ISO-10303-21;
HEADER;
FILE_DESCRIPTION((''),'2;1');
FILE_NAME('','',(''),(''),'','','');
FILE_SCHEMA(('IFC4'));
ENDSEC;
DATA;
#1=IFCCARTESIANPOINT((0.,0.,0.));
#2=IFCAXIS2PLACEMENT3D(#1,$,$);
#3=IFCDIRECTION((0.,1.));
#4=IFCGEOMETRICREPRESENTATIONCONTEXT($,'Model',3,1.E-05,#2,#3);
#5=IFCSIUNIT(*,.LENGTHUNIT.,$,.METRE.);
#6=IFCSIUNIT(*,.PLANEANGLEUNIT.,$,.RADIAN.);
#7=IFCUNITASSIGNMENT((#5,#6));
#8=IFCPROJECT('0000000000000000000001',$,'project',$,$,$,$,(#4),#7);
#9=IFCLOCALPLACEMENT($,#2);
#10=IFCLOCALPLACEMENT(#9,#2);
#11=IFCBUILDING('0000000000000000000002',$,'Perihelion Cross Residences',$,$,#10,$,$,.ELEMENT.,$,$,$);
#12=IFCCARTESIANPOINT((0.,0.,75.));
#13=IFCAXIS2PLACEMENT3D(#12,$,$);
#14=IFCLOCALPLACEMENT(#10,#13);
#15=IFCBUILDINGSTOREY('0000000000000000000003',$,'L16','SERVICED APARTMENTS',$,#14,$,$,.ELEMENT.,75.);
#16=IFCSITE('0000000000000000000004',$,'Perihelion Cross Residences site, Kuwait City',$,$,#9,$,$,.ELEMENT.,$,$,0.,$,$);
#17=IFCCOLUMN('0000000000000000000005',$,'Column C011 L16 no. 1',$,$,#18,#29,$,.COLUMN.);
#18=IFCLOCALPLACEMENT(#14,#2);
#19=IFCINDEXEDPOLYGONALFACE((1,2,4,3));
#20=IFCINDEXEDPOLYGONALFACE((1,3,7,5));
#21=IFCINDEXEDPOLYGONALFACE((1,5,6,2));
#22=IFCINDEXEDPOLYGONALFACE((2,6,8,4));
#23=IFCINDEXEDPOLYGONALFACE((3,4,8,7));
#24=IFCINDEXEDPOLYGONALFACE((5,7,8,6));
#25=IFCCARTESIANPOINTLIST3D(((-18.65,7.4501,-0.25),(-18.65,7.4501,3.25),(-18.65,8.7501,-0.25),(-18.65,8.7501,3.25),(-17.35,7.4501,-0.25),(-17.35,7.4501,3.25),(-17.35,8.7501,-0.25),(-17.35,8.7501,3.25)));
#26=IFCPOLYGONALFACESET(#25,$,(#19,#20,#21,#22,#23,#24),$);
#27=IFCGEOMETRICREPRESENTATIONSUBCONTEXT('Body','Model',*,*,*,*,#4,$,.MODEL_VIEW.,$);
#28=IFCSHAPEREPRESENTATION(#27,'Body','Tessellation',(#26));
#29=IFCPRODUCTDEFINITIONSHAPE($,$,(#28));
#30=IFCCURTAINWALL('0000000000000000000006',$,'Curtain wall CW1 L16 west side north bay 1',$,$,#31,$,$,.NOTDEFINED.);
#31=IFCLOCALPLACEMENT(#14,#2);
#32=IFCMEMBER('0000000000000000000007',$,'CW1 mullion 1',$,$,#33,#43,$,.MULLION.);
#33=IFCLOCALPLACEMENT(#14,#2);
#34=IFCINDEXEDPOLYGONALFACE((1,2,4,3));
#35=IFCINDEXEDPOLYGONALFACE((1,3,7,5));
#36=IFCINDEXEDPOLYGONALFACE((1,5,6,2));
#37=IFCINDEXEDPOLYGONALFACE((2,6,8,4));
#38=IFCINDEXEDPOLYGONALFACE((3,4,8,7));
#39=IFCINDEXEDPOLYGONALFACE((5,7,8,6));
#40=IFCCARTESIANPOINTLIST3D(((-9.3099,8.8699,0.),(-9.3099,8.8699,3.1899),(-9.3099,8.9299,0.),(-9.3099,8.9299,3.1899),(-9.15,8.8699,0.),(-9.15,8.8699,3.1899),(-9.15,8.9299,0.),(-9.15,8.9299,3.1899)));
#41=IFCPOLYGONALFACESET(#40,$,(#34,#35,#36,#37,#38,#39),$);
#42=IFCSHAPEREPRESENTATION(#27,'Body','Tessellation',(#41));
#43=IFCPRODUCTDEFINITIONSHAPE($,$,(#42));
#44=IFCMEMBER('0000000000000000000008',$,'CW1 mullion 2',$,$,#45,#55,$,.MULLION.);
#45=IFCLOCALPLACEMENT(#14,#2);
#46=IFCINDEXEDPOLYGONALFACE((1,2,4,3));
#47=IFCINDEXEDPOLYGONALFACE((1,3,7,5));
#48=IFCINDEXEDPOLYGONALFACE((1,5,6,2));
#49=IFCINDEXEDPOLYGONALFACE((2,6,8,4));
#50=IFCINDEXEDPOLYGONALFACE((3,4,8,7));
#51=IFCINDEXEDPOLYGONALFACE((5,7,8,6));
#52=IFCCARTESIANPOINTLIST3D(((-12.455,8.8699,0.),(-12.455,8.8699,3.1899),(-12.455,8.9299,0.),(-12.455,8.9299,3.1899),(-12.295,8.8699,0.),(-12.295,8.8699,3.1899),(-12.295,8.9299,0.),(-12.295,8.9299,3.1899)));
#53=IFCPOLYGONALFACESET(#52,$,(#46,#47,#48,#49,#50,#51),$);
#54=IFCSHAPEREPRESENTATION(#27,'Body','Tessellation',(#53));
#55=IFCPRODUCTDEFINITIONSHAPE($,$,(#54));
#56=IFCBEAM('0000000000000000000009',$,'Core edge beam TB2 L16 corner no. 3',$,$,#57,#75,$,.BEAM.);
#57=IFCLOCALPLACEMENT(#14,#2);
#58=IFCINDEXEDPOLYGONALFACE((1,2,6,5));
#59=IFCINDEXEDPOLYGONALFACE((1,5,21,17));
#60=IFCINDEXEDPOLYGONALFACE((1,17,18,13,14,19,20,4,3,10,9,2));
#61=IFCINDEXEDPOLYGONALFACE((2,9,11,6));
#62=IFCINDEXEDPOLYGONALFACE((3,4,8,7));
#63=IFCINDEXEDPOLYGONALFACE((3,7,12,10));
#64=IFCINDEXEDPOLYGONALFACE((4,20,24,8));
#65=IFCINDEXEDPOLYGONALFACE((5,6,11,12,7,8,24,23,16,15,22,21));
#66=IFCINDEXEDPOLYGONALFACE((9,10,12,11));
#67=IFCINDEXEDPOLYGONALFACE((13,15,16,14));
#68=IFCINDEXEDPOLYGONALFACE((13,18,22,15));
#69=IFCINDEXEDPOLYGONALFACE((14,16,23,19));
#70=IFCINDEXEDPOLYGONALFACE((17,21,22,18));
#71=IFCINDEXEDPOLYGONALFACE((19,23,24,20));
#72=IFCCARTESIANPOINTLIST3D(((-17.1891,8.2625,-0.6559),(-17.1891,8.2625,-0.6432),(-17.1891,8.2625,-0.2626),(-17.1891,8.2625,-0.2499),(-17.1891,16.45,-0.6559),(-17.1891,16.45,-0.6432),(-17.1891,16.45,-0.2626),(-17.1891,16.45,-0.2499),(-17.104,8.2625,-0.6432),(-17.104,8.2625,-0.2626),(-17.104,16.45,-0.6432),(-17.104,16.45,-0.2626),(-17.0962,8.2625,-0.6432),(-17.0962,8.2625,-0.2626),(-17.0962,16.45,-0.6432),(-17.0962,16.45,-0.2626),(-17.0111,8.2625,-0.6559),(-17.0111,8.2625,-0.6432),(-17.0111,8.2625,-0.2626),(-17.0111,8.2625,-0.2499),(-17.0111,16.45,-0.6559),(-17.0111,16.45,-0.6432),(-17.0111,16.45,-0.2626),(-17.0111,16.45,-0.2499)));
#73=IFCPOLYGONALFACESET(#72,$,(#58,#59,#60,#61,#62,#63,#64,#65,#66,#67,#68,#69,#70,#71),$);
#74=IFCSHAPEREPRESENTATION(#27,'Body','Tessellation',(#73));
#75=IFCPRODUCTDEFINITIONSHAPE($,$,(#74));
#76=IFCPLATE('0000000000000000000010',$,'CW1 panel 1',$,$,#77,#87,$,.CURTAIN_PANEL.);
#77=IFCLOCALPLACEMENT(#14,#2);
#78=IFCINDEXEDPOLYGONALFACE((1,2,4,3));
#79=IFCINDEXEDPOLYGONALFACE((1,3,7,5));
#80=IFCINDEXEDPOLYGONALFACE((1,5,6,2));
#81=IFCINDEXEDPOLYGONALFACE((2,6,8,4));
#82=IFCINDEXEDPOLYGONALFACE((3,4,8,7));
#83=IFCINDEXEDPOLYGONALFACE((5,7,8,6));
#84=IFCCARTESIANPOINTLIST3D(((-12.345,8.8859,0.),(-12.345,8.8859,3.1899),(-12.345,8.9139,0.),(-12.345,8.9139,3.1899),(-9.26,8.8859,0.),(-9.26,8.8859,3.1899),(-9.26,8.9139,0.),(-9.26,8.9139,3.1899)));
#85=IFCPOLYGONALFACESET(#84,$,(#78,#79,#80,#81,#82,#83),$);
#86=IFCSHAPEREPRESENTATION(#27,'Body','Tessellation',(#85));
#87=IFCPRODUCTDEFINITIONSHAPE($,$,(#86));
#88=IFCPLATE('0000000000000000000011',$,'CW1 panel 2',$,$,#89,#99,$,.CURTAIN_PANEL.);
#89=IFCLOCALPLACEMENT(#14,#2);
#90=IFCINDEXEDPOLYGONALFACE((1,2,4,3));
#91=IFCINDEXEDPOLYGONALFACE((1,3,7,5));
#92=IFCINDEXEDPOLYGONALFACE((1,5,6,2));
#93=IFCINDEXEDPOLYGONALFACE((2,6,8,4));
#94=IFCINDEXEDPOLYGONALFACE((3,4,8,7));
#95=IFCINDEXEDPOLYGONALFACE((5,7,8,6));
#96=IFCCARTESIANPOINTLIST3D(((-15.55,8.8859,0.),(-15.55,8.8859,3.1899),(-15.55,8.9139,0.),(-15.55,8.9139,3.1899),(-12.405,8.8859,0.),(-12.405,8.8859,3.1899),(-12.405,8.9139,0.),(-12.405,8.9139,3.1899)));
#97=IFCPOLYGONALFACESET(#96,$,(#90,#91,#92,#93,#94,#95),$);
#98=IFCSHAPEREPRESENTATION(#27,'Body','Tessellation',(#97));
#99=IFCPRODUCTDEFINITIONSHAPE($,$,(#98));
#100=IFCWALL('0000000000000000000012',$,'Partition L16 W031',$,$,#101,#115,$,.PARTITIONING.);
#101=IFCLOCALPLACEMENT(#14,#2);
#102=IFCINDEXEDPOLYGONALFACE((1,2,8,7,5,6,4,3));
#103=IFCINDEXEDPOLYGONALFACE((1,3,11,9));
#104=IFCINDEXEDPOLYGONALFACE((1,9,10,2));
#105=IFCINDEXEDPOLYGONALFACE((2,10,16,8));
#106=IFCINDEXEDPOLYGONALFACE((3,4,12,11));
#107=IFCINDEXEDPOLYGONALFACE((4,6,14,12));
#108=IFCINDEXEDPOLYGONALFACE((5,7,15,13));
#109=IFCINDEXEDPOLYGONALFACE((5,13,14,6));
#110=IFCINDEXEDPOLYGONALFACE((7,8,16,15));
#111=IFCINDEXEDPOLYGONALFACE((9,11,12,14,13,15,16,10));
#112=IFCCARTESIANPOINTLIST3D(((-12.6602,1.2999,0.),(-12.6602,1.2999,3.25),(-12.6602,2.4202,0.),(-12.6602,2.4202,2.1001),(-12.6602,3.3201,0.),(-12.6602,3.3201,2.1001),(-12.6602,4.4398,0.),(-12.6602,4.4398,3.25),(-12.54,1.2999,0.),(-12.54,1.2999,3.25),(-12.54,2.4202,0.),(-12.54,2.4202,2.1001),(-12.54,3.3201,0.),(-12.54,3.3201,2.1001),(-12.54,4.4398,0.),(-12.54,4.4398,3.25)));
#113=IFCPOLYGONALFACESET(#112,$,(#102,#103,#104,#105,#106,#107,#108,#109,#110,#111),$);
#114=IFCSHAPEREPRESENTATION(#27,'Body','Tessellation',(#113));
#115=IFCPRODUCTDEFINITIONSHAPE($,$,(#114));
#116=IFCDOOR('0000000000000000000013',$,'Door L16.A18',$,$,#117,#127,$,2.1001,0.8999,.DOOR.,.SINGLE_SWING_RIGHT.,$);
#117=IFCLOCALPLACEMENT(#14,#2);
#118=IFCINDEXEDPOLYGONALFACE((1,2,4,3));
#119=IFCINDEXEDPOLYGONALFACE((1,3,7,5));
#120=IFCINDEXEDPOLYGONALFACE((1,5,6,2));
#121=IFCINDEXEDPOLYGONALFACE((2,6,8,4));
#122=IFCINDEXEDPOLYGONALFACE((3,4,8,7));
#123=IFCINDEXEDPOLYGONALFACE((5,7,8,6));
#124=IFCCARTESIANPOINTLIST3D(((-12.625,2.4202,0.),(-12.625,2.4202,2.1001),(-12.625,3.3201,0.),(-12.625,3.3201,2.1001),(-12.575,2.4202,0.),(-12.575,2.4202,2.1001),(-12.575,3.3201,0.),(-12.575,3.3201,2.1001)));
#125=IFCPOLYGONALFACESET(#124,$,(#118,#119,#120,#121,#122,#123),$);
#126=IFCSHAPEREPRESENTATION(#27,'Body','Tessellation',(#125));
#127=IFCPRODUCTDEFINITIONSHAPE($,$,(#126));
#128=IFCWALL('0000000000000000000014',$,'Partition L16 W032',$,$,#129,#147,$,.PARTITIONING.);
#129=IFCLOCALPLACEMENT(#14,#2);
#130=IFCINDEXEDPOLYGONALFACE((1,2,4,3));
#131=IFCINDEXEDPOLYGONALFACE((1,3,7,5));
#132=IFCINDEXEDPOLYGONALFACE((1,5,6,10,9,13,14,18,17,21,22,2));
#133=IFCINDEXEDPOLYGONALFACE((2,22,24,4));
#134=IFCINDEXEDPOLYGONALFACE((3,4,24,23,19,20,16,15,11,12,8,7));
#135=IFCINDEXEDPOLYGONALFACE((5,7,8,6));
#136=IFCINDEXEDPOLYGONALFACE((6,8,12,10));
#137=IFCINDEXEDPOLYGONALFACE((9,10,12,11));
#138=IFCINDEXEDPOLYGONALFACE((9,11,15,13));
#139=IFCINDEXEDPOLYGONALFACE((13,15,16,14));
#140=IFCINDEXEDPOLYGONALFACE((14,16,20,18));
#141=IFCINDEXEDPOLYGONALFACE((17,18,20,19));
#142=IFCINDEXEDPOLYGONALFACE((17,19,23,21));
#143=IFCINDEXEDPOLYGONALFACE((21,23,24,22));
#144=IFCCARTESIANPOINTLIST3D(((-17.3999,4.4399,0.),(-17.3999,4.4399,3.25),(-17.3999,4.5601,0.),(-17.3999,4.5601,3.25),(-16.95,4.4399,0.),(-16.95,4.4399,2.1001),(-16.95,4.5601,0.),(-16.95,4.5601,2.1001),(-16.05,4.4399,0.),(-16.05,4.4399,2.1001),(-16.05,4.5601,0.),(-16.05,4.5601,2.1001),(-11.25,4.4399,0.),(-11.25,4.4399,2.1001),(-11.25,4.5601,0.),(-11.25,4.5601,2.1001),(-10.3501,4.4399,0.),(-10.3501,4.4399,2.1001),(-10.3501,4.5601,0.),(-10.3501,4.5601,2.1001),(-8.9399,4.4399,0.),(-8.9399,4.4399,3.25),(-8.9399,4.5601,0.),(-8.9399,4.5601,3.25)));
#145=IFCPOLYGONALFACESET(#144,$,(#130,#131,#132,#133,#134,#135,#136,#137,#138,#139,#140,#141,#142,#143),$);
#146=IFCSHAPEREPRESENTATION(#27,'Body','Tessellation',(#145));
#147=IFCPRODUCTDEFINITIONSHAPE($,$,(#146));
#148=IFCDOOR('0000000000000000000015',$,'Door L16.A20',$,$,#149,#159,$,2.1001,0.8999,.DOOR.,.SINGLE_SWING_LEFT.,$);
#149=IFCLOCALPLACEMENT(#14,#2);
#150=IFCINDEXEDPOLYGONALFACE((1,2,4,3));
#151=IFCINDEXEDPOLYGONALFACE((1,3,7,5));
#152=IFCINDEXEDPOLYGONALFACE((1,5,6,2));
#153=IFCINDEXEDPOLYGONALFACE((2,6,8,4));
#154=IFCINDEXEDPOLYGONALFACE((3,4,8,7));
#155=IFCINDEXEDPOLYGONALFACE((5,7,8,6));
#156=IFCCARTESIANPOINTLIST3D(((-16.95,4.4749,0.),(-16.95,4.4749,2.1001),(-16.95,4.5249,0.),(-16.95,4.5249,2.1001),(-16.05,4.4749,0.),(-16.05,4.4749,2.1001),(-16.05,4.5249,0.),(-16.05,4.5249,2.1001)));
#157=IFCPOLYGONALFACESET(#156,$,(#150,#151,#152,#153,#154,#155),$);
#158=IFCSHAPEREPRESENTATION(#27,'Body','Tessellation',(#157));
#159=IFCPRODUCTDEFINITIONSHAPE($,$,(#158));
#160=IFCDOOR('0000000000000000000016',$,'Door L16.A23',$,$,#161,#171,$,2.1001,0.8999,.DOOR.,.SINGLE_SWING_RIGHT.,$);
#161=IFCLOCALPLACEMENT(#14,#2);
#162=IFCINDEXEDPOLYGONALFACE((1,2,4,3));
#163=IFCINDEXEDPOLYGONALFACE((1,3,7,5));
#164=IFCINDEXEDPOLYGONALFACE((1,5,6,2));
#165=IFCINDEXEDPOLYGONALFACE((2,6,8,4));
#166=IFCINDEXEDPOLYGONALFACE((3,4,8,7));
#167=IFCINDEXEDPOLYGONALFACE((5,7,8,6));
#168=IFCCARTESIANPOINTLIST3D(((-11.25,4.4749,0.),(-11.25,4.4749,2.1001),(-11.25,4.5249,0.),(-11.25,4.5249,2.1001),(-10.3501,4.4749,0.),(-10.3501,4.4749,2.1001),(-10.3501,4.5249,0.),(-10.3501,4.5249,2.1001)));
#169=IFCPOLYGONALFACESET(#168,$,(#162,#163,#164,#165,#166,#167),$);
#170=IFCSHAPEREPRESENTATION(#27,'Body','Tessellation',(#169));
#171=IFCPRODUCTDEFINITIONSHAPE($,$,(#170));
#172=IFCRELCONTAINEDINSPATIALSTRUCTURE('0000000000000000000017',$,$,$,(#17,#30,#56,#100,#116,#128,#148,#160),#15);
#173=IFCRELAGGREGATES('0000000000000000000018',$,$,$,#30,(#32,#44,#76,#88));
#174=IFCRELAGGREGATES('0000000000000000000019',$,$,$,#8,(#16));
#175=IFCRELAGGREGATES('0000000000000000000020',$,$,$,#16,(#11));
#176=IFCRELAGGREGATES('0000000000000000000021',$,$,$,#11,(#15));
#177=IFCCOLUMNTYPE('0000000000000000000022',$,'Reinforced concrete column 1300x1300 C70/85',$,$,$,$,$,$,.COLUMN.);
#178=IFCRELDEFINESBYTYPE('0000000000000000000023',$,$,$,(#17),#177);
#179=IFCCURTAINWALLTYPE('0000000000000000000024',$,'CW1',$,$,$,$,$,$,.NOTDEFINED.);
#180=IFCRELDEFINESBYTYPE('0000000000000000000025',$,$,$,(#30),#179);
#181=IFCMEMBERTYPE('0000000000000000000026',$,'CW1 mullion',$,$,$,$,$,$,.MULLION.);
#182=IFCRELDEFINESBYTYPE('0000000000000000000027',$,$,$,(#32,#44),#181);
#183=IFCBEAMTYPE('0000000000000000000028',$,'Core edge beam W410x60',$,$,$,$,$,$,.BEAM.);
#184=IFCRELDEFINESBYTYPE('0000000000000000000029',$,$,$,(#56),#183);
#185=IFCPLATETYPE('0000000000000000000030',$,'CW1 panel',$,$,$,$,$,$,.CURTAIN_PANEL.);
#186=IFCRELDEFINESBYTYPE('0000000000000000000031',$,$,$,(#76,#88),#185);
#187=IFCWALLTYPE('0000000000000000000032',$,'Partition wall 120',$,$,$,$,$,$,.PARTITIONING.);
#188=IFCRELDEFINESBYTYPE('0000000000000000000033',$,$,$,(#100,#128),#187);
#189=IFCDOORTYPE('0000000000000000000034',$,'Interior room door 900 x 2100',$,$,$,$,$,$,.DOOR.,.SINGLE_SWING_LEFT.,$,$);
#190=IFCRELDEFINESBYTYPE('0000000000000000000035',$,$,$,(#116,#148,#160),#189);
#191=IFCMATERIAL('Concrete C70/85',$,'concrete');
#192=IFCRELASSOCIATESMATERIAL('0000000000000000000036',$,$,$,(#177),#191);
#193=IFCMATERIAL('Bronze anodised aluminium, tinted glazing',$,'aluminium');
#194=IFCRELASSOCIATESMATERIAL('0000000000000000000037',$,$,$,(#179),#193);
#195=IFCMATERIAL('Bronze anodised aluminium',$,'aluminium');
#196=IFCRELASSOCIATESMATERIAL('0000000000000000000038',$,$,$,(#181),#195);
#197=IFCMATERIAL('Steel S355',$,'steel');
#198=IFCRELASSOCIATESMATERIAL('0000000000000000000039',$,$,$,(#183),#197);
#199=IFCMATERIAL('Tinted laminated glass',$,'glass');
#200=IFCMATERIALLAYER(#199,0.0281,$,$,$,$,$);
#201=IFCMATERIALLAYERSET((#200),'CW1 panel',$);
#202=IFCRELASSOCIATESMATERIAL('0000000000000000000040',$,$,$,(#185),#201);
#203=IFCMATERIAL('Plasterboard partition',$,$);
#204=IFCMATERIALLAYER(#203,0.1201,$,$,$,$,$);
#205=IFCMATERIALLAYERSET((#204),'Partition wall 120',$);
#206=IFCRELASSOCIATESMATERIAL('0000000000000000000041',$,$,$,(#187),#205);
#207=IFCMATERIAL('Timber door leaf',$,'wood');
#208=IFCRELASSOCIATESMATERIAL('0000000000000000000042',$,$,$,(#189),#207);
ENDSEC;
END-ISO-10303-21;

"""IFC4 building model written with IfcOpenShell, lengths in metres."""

from ifc_helpers import new_model, si_unit, direction, frame, frame_2d, origin, origin_2d, place, context, subcontext, project, spatial, rectangle, i_section, extrude, material, layer, layer_set, material_profile, profile_set, type_object, element, fill, aggregate, save


model = new_model("IFC4")

# Units and contexts
model_context = context("Model", 3, precision=1e-05, world=origin(), true_north=direction((0.0, 1.0)))
body_context = subcontext(model_context, "Body", "Model", "MODEL_VIEW")
ifc_project = project(units=[si_unit("LENGTHUNIT", "METRE"), si_unit("PLANEANGLEUNIT", "RADIAN")], contexts=[model_context])

# Site, building, storey
site_placement = place(None, origin())
site = spatial("IfcSite", under=ifc_project, at=site_placement, Name="Perihelion Cross Residences site, Kuwait City", CompositionType="ELEMENT", RefElevation=0.0)
building_placement = place(site_placement, origin())
building = spatial("IfcBuilding", under=site, at=building_placement, Name="Perihelion Cross Residences", CompositionType="ELEMENT")
storey_placement = place(building_placement, frame((0.0, 0.0, 75.0)))
storey = spatial("IfcBuildingStorey", under=building, at=storey_placement, Name="L16", Description="SERVICED APARTMENTS", CompositionType="ELEMENT", Elevation=75.0)

# Column
ifc_material_1 = material(Name="Concrete C70/85", Category="concrete")
ifc_material_profile_1 = material_profile(ifc_material_1, rectangle(XDim=1.3, YDim=1.3, at=origin_2d()), Name="RC 1300x1300")
ifc_profile_set_1 = profile_set([ifc_material_profile_1], Name="Concrete C70/85")
column_type = type_object("IfcColumnType", Name="Reinforced concrete column 1300x1300 C70/85", PredefinedType="COLUMN", material=ifc_profile_set_1)
column_placement = place(storey_placement, frame((-18.0, 8.1001, -0.25), z_axis=(0.0, 0.0, 1.0), x_axis=(1.0, 0.0, 0.0)))
element("IfcColumn", 1, at=column_placement, inside=storey, type_object=column_type, Name="Column C011 L16 no. 1", PredefinedType="COLUMN", context=body_context, shape_type="SweptSolid", body=[
    extrude(rectangle(XDim=1.3, YDim=1.3, at=origin_2d()), origin(), (0.0, 0.0, 1.0), 3.5),
])

# Curtain wall, members
ifc_material_2 = material(Name="Bronze anodised aluminium, tinted glazing", Category="aluminium")
curtain_wall_type = type_object("IfcCurtainWallType", Name="CW1", PredefinedType="NOTDEFINED", material=ifc_material_2)
curtain_wall_placement = place(storey_placement, origin())
curtain_wall = element("IfcCurtainWall", 2, at=curtain_wall_placement, inside=storey, type_object=curtain_wall_type, Name="Curtain wall CW1 L16 west side north bay 1", PredefinedType="NOTDEFINED")
ifc_material_3 = material(Name="Bronze anodised aluminium", Category="aluminium")
ifc_material_profile_2 = material_profile(ifc_material_3, rectangle(XDim=0.0601, YDim=0.1599, at=origin_2d()), Name="CW1 mullion")
ifc_profile_set_2 = profile_set([ifc_material_profile_2], Name="Bronze anodised aluminium")
member_type = type_object("IfcMemberType", Name="CW1 mullion", PredefinedType="MULLION", material=ifc_profile_set_2)
member_1_placement = place(storey_placement, frame((-9.23, 8.8999, 0.0), z_axis=(0.0, 0.0, 1.0), x_axis=(0.0, -1.0, 0.0)))
member_1 = element("IfcMember", 3, at=member_1_placement, type_object=member_type, Name="CW1 mullion 1", PredefinedType="MULLION", context=body_context, shape_type="SweptSolid", body=[
    extrude(rectangle(XDim=0.0601, YDim=0.1599, at=origin_2d()), origin(), (0.0, 0.0, 1.0), 3.1899),
])
member_2_placement = place(storey_placement, frame((-12.375, 8.8999, 0.0), z_axis=(0.0, 0.0, 1.0), x_axis=(0.0, -1.0, 0.0)))
member_2 = element("IfcMember", 4, at=member_2_placement, type_object=member_type, Name="CW1 mullion 2", PredefinedType="MULLION", context=body_context, shape_type="SweptSolid", body=[
    extrude(rectangle(XDim=0.0601, YDim=0.1599, at=origin_2d()), origin(), (0.0, 0.0, 1.0), 3.1899),
])

# Beam
ifc_material_4 = material(Name="Steel S355", Category="steel")
ifc_material_profile_3 = material_profile(ifc_material_4, i_section(OverallWidth=0.178, OverallDepth=0.406, WebThickness=0.0078, FlangeThickness=0.0127, at=origin_2d()), Name="W410x60")
ifc_profile_set_3 = profile_set([ifc_material_profile_3], Name="Steel S355")
beam_type = type_object("IfcBeamType", Name="Core edge beam W410x60", PredefinedType="BEAM", material=ifc_profile_set_3)
beam_placement = place(storey_placement, frame((-17.1001, 8.2625, -0.4529), z_axis=(0.0, 1.0, 0.0), x_axis=(-1.0, 0.0, 0.0)))
element("IfcBeam", 5, at=beam_placement, inside=storey, type_object=beam_type, Name="Core edge beam TB2 L16 corner no. 3", PredefinedType="BEAM", context=body_context, shape_type="SweptSolid", body=[
    extrude(i_section(OverallWidth=0.178, OverallDepth=0.406, WebThickness=0.0078, FlangeThickness=0.0127, at=origin_2d()), origin(), (0.0, 0.0, 1.0), 8.1875),
])

# Plates
ifc_material_5 = material(Name="Tinted laminated glass", Category="glass")
ifc_layer_1 = layer(ifc_material_5, 0.0281)
ifc_layer_set_1 = layer_set([ifc_layer_1], Name="CW1 panel")
plate_type = type_object("IfcPlateType", Name="CW1 panel", PredefinedType="CURTAIN_PANEL", material=ifc_layer_set_1)
plate_1_placement = place(storey_placement, frame((-10.8025, 8.8999, 0.0), z_axis=(0.0, 0.0, 1.0), x_axis=(-1.0, 0.0, 0.0)))
plate_1 = element("IfcPlate", 6, at=plate_1_placement, type_object=plate_type, Name="CW1 panel 1", PredefinedType="CURTAIN_PANEL", context=body_context, shape_type="SweptSolid", body=[
    extrude(rectangle(XDim=3.085, YDim=0.0281, at=origin_2d()), origin(), (0.0, 0.0, 1.0), 3.1899),
])
plate_2_placement = place(storey_placement, frame((-13.9775, 8.8999, 0.0), z_axis=(0.0, 0.0, 1.0), x_axis=(-1.0, 0.0, 0.0)))
plate_2 = element("IfcPlate", 7, at=plate_2_placement, type_object=plate_type, Name="CW1 panel 2", PredefinedType="CURTAIN_PANEL", context=body_context, shape_type="SweptSolid", body=[
    extrude(rectangle(XDim=3.145, YDim=0.0281, at=origin_2d()), origin(), (0.0, 0.0, 1.0), 3.1899),
])
aggregate(curtain_wall, [member_1, member_2, plate_1, plate_2])

# Wall, opening, door
ifc_material_6 = material(Name="Plasterboard partition")
ifc_layer_2 = layer(ifc_material_6, 0.1201)
ifc_layer_set_2 = layer_set([ifc_layer_2], Name="Partition wall 120")
wall_type_1 = type_object("IfcWallType", Name="Partition wall 120", PredefinedType="PARTITIONING", material=ifc_layer_set_2)
wall_1_placement = place(storey_placement, frame((-12.6001, 1.3, 0.0), z_axis=(0.0, 0.0, 1.0), x_axis=(0.0, 1.0, 0.0)))
wall_1 = element("IfcWall", 8, at=wall_1_placement, inside=storey, type_object=wall_type_1, Name="Partition L16 W031", PredefinedType="PARTITIONING", context=body_context, shape_type="SweptSolid", body=[
    extrude(rectangle(XDim=3.1399, YDim=0.1201, at=frame_2d((1.5698, 0.0))), origin(), (0.0, 0.0, 1.0), 3.25),
])
opening_1_placement = place(wall_1_placement, frame((1.1201, 0.0, 0.0)))
opening_1 = element("IfcOpeningElement", 9, at=opening_1_placement, cuts=wall_1, PredefinedType="OPENING", context=body_context, shape_type="SweptSolid", body=[
    extrude(rectangle(XDim=0.8999, YDim=2.1001, at=frame_2d((0.45, 1.05))), frame((0.0, 0.0701, 0.0), z_axis=(0.0, -1.0, 0.0), x_axis=(1.0, 0.0, 0.0)), (0.0, 0.0, 1.0), 0.1401),
])
ifc_material_7 = material(Name="Timber door leaf", Category="wood")
door_type_1 = type_object("IfcDoorType", Name="Interior room door 900 x 2100", OperationType="SINGLE_SWING_LEFT", PredefinedType="DOOR", material=ifc_material_7)
door_1_placement = place(opening_1_placement, origin())
door_1 = element("IfcDoor", 10, at=door_1_placement, inside=storey, type_object=door_type_1, Name="Door L16.A18", OperationType="SINGLE_SWING_RIGHT", OverallHeight=2.1001, OverallWidth=0.8999, PredefinedType="DOOR", context=body_context, shape_type="SweptSolid", body=[
    extrude(rectangle(XDim=0.8999, YDim=2.1001, at=frame_2d((0.45, 1.05))), frame((0.0, 0.0249, 0.0), z_axis=(0.0, -1.0, 0.0), x_axis=(1.0, 0.0, 0.0)), (0.0, 0.0, 1.0), 0.05),
])
fill(opening_1, door_1)

# Wall, openings, doors
wall_2_placement = place(storey_placement, frame((-17.3999, 4.5, 0.0), z_axis=(0.0, 0.0, 1.0), x_axis=(1.0, 0.0, 0.0)))
wall_2 = element("IfcWall", 11, at=wall_2_placement, inside=storey, type_object=wall_type_1, Name="Partition L16 W032", PredefinedType="PARTITIONING", context=body_context, shape_type="SweptSolid", body=[
    extrude(rectangle(XDim=8.46, YDim=0.1201, at=frame_2d((4.23, 0.0))), origin(), (0.0, 0.0, 1.0), 3.25),
])
opening_2_placement = place(wall_2_placement, frame((0.45, 0.0, 0.0)))
opening_2 = element("IfcOpeningElement", 12, at=opening_2_placement, cuts=wall_2, PredefinedType="OPENING", context=body_context, shape_type="SweptSolid", body=[
    extrude(rectangle(XDim=0.8999, YDim=2.1001, at=frame_2d((0.45, 1.05))), frame((0.0, 0.0701, 0.0), z_axis=(0.0, -1.0, 0.0), x_axis=(1.0, 0.0, 0.0)), (0.0, 0.0, 1.0), 0.1401),
])
opening_3_placement = place(wall_2_placement, frame((6.1499, 0.0, 0.0)))
opening_3 = element("IfcOpeningElement", 13, at=opening_3_placement, cuts=wall_2, PredefinedType="OPENING", context=body_context, shape_type="SweptSolid", body=[
    extrude(rectangle(XDim=0.8999, YDim=2.1001, at=frame_2d((0.45, 1.05))), frame((0.0, 0.0701, 0.0), z_axis=(0.0, -1.0, 0.0), x_axis=(1.0, 0.0, 0.0)), (0.0, 0.0, 1.0), 0.1401),
])
door_2_placement = place(opening_2_placement, origin())
door_2 = element("IfcDoor", 14, at=door_2_placement, inside=storey, type_object=door_type_1, Name="Door L16.A20", OperationType="SINGLE_SWING_LEFT", OverallHeight=2.1001, OverallWidth=0.8999, PredefinedType="DOOR", context=body_context, shape_type="SweptSolid", body=[
    extrude(rectangle(XDim=0.8999, YDim=2.1001, at=frame_2d((0.45, 1.05))), frame((0.0, 0.0249, 0.0), z_axis=(0.0, -1.0, 0.0), x_axis=(1.0, 0.0, 0.0)), (0.0, 0.0, 1.0), 0.05),
])
fill(opening_2, door_2)
door_3_placement = place(opening_3_placement, origin())
door_3 = element("IfcDoor", 15, at=door_3_placement, inside=storey, type_object=door_type_1, Name="Door L16.A23", OperationType="SINGLE_SWING_RIGHT", OverallHeight=2.1001, OverallWidth=0.8999, PredefinedType="DOOR", context=body_context, shape_type="SweptSolid", body=[
    extrude(rectangle(XDim=0.8999, YDim=2.1001, at=frame_2d((0.45, 1.05))), frame((0.0, 0.0249, 0.0), z_axis=(0.0, -1.0, 0.0), x_axis=(1.0, 0.0, 0.0)), (0.0, 0.0, 1.0), 0.05),
])
fill(opening_3, door_3)

save(model, "model.ifc")
